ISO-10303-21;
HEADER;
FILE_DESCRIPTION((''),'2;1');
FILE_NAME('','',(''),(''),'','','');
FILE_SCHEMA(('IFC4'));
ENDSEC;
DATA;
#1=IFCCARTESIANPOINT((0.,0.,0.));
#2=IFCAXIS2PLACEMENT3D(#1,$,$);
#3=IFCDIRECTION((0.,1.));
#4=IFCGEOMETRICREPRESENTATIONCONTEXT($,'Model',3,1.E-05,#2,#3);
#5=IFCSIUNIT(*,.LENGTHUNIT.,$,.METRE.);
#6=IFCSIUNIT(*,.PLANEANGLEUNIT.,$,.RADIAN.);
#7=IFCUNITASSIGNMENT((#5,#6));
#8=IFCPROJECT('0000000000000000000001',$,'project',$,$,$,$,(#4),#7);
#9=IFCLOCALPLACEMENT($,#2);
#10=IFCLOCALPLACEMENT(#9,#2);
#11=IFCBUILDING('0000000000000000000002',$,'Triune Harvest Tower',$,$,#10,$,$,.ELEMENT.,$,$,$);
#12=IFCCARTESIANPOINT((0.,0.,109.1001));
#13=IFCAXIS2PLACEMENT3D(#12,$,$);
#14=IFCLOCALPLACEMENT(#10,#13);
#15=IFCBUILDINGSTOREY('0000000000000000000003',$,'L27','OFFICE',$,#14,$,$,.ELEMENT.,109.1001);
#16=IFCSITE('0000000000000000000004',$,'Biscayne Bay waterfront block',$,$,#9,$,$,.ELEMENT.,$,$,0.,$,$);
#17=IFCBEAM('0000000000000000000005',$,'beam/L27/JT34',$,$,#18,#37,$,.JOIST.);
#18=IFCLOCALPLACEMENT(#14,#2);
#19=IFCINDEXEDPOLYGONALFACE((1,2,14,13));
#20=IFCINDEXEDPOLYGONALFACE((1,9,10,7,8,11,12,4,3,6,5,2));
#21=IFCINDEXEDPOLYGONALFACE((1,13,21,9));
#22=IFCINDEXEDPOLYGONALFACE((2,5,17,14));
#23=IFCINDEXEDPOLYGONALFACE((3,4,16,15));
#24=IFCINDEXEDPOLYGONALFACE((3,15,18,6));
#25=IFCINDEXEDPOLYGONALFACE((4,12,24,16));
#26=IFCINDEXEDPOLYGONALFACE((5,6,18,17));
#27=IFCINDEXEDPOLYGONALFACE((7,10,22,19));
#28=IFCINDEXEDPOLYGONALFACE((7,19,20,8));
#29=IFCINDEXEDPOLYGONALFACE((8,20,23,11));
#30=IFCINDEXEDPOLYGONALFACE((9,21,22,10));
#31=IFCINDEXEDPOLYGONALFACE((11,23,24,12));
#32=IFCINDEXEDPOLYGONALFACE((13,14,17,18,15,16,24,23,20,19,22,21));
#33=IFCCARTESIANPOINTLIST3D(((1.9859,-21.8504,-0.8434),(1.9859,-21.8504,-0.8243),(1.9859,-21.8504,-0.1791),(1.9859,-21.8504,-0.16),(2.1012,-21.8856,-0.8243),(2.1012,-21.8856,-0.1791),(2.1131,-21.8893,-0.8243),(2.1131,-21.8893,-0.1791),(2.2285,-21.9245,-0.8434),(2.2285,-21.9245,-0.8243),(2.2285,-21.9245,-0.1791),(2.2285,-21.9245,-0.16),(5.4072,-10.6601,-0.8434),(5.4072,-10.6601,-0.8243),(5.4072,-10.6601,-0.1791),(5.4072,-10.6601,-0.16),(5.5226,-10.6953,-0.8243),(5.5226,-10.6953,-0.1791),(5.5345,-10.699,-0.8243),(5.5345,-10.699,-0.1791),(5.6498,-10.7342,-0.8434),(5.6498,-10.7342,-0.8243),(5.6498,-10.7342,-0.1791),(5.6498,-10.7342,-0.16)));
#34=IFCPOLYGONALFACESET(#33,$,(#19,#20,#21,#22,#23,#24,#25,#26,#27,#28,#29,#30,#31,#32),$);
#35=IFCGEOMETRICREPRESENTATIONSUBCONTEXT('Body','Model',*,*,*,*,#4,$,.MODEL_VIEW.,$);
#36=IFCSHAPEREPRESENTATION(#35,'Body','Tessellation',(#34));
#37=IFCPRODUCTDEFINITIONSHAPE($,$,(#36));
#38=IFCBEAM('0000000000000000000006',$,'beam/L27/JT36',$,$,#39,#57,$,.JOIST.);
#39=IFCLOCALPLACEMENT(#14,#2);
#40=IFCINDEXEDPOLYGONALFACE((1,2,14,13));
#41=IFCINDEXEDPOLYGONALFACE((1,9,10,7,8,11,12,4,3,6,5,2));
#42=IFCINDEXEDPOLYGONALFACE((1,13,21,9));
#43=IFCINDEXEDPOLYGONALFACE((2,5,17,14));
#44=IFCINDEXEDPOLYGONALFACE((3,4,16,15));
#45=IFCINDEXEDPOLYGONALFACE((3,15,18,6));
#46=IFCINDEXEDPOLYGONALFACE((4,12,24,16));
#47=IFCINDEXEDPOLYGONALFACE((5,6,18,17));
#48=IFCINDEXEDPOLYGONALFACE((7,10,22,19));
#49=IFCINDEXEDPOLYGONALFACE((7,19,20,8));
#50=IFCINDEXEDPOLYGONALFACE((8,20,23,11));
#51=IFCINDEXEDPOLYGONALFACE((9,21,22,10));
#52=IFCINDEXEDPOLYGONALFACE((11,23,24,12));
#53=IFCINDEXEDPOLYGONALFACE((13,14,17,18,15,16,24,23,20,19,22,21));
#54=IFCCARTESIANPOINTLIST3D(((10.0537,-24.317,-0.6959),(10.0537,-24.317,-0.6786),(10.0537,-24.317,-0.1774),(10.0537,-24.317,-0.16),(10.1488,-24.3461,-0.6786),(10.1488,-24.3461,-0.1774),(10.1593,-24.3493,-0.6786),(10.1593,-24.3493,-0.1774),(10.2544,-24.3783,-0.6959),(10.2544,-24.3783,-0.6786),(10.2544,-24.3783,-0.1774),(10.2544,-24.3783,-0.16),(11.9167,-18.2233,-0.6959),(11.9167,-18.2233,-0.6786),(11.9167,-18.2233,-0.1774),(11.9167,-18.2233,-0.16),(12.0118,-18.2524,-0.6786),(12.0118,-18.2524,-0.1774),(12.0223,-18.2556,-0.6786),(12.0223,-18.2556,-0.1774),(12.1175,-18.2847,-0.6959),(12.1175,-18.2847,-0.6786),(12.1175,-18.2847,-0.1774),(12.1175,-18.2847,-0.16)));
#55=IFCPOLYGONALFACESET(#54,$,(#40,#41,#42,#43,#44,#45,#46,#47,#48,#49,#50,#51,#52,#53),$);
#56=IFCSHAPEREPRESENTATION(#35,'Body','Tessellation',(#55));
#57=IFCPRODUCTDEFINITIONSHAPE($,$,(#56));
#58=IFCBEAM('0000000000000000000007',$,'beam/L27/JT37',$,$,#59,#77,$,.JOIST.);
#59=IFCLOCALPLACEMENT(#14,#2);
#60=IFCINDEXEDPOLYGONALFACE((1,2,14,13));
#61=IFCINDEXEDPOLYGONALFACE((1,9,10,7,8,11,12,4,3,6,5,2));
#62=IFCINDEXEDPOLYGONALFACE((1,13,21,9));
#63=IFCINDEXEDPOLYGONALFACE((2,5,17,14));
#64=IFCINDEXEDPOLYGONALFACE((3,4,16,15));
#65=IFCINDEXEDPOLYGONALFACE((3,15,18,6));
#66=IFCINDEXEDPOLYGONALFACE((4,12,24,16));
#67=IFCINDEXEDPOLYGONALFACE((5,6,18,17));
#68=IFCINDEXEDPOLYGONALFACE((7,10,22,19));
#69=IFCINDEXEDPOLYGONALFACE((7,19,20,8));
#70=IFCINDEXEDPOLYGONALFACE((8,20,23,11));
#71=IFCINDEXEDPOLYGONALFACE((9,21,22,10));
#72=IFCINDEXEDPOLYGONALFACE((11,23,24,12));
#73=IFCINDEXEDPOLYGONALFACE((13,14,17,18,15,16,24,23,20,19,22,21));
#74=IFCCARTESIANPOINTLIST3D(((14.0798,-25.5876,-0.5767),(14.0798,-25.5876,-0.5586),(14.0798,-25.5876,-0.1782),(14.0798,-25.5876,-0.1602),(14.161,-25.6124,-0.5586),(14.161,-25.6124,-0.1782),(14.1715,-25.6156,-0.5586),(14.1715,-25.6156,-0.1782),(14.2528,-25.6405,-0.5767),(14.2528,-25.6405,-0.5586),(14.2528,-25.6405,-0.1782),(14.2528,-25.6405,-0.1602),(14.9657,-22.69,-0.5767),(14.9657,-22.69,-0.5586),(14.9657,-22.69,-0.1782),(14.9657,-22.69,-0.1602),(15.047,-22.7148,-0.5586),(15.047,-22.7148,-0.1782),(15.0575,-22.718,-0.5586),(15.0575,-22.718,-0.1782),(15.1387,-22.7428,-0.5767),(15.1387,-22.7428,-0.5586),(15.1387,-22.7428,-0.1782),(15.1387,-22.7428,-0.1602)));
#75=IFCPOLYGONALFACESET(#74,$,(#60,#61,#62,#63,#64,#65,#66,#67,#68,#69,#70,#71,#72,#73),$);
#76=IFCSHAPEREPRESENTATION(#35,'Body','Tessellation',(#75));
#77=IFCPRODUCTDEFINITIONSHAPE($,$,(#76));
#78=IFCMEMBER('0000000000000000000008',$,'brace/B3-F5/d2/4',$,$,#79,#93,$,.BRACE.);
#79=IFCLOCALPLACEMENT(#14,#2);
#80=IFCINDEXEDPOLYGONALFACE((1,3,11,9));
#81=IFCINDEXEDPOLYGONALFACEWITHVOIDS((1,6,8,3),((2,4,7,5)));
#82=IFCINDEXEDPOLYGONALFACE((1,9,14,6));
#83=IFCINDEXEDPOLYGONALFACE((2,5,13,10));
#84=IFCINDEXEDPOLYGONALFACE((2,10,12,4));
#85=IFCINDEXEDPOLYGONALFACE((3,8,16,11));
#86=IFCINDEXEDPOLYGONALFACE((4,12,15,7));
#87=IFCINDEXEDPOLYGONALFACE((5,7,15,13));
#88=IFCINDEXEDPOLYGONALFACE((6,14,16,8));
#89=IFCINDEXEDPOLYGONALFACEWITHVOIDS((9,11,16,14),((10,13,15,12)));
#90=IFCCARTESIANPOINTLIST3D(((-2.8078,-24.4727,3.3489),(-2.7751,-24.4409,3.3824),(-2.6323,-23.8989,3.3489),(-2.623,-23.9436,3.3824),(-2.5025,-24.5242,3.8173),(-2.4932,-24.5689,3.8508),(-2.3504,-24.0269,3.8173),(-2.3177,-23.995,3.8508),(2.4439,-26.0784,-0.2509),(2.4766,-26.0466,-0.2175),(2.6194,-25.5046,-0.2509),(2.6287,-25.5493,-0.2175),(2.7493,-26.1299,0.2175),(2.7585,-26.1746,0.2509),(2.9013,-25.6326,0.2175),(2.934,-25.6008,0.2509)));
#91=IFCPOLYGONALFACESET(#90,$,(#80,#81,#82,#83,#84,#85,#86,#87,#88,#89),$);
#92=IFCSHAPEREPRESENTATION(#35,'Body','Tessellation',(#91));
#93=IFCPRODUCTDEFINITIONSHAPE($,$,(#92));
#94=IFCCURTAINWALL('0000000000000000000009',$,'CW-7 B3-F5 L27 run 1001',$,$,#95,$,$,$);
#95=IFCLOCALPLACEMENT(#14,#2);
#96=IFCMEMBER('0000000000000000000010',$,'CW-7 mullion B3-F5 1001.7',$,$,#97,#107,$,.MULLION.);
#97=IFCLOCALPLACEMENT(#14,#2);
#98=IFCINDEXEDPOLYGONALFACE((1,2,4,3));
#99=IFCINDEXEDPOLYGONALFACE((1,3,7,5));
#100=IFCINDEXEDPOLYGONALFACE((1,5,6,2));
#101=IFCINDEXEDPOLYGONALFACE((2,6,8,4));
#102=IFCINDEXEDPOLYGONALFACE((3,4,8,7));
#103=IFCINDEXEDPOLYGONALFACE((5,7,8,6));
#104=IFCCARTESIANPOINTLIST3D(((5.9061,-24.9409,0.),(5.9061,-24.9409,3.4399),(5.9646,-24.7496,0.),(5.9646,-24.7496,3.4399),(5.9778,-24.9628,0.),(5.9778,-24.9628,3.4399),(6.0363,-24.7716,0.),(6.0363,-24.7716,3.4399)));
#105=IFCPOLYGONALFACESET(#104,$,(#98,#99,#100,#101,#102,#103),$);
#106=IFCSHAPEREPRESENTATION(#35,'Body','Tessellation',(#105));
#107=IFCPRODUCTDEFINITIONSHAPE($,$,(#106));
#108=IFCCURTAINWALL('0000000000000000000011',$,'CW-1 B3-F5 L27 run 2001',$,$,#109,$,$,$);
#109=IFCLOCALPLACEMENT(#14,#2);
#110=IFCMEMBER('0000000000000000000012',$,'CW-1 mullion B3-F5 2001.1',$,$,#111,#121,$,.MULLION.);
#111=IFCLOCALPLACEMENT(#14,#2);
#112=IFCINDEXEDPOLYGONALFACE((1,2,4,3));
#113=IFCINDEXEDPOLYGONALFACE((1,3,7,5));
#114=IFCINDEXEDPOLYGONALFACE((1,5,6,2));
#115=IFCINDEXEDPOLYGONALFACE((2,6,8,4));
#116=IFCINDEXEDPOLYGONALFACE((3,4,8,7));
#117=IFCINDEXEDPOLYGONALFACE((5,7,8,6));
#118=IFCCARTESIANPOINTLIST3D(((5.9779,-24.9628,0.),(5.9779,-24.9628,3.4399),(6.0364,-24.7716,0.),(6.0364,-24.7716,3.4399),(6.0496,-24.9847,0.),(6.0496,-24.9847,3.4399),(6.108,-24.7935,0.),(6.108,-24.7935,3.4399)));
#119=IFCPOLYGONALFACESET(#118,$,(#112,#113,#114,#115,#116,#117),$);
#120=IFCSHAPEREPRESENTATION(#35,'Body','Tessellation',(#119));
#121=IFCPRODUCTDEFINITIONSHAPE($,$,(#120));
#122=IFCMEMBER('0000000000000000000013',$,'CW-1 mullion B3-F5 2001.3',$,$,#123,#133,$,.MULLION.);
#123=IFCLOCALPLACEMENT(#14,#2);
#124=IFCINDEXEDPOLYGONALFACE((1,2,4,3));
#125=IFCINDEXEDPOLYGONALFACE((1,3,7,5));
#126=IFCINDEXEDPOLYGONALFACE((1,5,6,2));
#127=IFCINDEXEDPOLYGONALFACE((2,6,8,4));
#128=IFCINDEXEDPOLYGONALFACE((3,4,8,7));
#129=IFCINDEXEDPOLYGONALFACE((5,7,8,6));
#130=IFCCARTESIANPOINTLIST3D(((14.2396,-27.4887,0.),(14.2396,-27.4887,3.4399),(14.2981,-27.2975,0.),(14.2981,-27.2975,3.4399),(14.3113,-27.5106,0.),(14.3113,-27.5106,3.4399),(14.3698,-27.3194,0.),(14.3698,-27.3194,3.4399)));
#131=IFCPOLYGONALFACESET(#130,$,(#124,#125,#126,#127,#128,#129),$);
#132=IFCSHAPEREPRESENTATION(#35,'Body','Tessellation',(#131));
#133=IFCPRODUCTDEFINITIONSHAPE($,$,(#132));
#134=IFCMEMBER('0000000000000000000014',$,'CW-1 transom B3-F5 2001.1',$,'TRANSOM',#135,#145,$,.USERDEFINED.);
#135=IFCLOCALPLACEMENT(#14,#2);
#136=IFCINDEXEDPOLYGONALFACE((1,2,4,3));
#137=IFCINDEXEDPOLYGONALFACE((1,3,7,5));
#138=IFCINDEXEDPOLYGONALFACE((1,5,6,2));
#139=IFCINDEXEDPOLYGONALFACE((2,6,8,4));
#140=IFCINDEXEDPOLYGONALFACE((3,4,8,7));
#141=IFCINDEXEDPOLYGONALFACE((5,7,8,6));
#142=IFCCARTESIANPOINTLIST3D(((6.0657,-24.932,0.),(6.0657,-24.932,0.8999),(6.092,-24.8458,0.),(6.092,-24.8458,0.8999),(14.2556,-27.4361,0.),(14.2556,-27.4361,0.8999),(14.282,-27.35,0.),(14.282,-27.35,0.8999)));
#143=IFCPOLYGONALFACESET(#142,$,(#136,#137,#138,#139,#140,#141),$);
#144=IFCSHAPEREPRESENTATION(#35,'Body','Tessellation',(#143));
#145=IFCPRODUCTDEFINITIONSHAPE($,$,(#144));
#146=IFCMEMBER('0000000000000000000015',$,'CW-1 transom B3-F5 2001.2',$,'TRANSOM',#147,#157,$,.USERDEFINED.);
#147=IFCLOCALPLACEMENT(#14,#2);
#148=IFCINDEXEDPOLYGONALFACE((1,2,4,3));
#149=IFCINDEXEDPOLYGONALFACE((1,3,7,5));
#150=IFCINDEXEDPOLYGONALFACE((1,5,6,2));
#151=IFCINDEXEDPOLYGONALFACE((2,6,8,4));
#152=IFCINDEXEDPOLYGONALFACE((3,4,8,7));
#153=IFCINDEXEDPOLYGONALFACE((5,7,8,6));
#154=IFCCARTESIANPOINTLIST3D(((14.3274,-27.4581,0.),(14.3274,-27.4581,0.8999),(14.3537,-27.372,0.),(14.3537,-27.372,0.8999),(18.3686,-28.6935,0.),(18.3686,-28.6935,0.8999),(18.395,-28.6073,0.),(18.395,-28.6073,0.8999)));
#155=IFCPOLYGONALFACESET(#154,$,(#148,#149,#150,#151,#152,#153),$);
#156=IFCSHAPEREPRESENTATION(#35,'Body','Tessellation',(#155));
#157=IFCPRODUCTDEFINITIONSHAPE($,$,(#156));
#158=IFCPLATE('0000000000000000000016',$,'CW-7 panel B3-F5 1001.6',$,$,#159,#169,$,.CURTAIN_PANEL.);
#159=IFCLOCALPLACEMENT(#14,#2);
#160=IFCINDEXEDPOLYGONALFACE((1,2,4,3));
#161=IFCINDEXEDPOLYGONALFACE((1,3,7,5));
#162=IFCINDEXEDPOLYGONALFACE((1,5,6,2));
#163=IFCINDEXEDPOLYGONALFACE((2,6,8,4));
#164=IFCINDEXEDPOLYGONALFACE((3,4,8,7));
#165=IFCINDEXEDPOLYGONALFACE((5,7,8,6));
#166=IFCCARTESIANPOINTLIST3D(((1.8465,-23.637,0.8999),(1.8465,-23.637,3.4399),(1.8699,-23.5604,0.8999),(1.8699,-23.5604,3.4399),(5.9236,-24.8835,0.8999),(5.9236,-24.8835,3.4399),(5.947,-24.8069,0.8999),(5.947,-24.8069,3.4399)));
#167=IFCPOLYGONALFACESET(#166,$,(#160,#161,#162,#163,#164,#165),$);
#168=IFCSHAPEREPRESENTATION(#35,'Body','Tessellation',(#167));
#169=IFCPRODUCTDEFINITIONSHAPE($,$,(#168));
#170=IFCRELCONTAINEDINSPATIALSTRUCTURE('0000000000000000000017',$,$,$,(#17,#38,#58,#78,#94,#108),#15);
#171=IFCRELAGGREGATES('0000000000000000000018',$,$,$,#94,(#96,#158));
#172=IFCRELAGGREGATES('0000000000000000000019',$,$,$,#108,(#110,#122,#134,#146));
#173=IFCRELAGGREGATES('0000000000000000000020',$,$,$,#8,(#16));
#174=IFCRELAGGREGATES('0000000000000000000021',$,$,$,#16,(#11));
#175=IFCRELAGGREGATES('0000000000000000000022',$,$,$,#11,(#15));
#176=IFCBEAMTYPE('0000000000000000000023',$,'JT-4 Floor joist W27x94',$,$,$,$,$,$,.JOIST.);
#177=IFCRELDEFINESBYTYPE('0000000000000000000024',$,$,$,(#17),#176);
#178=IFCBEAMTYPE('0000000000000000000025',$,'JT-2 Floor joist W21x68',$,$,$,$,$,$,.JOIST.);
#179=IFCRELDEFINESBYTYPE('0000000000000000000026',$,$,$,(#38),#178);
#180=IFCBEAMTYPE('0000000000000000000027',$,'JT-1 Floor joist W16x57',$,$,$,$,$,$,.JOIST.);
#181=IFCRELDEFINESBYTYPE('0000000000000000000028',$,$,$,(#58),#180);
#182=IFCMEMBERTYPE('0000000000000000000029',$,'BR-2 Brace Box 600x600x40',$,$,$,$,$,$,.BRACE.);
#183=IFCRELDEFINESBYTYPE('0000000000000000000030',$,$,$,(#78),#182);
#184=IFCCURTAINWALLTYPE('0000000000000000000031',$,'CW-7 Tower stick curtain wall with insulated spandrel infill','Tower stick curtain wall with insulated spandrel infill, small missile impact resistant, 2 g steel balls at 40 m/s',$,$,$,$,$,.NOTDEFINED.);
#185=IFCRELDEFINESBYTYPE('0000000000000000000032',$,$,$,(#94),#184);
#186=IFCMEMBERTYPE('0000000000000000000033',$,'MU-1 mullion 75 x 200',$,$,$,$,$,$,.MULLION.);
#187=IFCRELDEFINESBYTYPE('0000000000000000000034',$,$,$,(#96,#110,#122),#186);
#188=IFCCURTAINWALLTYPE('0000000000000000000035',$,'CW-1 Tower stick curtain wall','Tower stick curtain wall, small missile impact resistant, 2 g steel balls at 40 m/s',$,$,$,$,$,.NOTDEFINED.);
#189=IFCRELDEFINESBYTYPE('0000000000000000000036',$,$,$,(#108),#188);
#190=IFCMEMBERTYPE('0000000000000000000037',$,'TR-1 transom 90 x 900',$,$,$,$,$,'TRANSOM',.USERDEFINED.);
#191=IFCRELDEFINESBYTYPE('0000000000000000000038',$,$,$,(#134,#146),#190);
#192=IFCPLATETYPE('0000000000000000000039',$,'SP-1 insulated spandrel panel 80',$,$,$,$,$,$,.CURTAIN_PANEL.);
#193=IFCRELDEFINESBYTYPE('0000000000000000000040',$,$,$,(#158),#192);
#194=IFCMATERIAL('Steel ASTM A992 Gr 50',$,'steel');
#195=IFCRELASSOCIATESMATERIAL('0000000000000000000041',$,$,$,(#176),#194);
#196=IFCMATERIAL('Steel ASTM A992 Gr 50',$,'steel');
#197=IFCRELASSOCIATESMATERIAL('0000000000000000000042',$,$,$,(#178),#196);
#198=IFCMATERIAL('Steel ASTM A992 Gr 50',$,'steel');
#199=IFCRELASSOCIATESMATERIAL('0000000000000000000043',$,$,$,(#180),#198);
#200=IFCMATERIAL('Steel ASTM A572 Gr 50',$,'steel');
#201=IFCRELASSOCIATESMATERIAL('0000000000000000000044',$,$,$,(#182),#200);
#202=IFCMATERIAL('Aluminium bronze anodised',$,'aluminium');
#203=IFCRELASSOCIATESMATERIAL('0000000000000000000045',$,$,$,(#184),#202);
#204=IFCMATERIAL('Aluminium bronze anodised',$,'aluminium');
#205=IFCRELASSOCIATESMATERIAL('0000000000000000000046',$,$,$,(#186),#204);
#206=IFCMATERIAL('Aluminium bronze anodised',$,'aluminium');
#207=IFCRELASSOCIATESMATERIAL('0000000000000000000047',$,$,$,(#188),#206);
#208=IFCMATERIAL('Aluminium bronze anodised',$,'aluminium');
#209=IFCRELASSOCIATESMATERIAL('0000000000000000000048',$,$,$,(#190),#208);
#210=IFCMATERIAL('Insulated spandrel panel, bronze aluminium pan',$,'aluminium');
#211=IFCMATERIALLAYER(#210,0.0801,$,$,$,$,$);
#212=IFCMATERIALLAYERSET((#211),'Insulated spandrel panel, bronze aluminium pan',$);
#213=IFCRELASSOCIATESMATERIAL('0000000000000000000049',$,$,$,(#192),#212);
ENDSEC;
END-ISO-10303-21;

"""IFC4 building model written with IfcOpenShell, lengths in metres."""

from ifc_helpers import new_model, si_unit, direction, frame, origin, origin_2d, place, context, subcontext, project, spatial, rectangle, hollow_rectangle, i_section, extrude, source, transform, mapped, material, layer, layer_set, material_profile, profile_set, type_object, element, aggregate, save


model = new_model("IFC4")

# Units and contexts
model_context = context("Model", 3, precision=1e-05, world=origin(), true_north=direction((0.0, 1.0)))
body_context = subcontext(model_context, "Body", "Model", "MODEL_VIEW")
ifc_project = project(units=[si_unit("LENGTHUNIT", "METRE"), si_unit("PLANEANGLEUNIT", "RADIAN")], contexts=[model_context])

# Site, building, storey
site_placement = place(None, origin())
site = spatial("IfcSite", under=ifc_project, at=site_placement, Name="Biscayne Bay waterfront block", CompositionType="ELEMENT", RefElevation=0.0)
building_placement = place(site_placement, origin())
building = spatial("IfcBuilding", under=site, at=building_placement, Name="Triune Harvest Tower", CompositionType="ELEMENT")
storey_placement = place(building_placement, frame((0.0, 0.0, 109.1001)))
storey = spatial("IfcBuildingStorey", under=building, at=storey_placement, Name="L27", Description="OFFICE", CompositionType="ELEMENT", Elevation=109.1001)

# Beams
ifc_material_1 = material(Name="Steel ASTM A992 Gr 50", Category="steel")
ifc_material_profile_1 = material_profile(ifc_material_1, i_section(OverallWidth=0.2537, OverallDepth=0.6833, WebThickness=0.0125, FlangeThickness=0.019, at=origin_2d()), Name="W27x94")
ifc_profile_set_1 = profile_set([ifc_material_profile_1], Name="Steel ASTM A992 Gr 50")
beam_type_1 = type_object("IfcBeamType", Name="JT-4 Floor joist W27x94", PredefinedType="JOIST", material=ifc_profile_set_1)
shared_shape_1 = source(origin(), body_context, "Body", "SweptSolid", [
    extrude(i_section(OverallWidth=0.2537, OverallDepth=0.6833, WebThickness=0.0125, FlangeThickness=0.019, at=origin_2d()), origin(), (0.0, 0.0, 1.0), 11.7017),
])
beam_1_placement = place(storey_placement, frame((2.1072, -21.8875, -0.5017), z_axis=(0.292382, 0.956302, 0.0), x_axis=(-0.956302, 0.292382, 0.0)))
element("IfcBeam", 1, at=beam_1_placement, inside=storey, type_object=beam_type_1, Name="beam/L27/JT34", PredefinedType="JOIST", context=body_context, shape_type="MappedRepresentation", body=[
    mapped(shared_shape_1, transform((0.0, 0.0, 0.0), scale=1.0)),
])
ifc_material_2 = material(Name="Steel ASTM A992 Gr 50", Category="steel")
ifc_material_profile_2 = material_profile(ifc_material_2, i_section(OverallWidth=0.21, OverallDepth=0.5359, WebThickness=0.011, FlangeThickness=0.0173, at=origin_2d()), Name="W21x68")
ifc_profile_set_2 = profile_set([ifc_material_profile_2], Name="Steel ASTM A992 Gr 50")
beam_type_2 = type_object("IfcBeamType", Name="JT-2 Floor joist W21x68", PredefinedType="JOIST", material=ifc_profile_set_2)
shared_shape_2 = source(origin(), body_context, "Body", "SweptSolid", [
    extrude(i_section(OverallWidth=0.21, OverallDepth=0.5359, WebThickness=0.011, FlangeThickness=0.0173, at=origin_2d()), origin(), (0.0, 0.0, 1.0), 6.3721),
])
beam_2_placement = place(storey_placement, frame((10.1541, -24.3477, -0.428), z_axis=(0.29237, 0.956305, 0.0), x_axis=(-0.956305, 0.29237, 0.0)))
element("IfcBeam", 2, at=beam_2_placement, inside=storey, type_object=beam_type_2, Name="beam/L27/JT36", PredefinedType="JOIST", context=body_context, shape_type="MappedRepresentation", body=[
    mapped(shared_shape_2, transform((0.0, 0.0, 0.0), scale=1.0)),
])
ifc_material_3 = material(Name="Steel ASTM A992 Gr 50", Category="steel")
ifc_material_profile_3 = material_profile(ifc_material_3, i_section(OverallWidth=0.1809, OverallDepth=0.4165, WebThickness=0.011, FlangeThickness=0.0181, at=origin_2d()), Name="W16x57")
ifc_profile_set_3 = profile_set([ifc_material_profile_3], Name="Steel ASTM A992 Gr 50")
beam_type_3 = type_object("IfcBeamType", Name="JT-1 Floor joist W16x57", PredefinedType="JOIST", material=ifc_profile_set_3)
shared_shape_3 = source(origin(), body_context, "Body", "SweptSolid", [
    extrude(i_section(OverallWidth=0.1809, OverallDepth=0.4165, WebThickness=0.011, FlangeThickness=0.0181, at=origin_2d()), origin(), (0.0, 0.0, 1.0), 3.03),
])
beam_3_placement = place(storey_placement, frame((14.1663, -25.614, -0.3684), z_axis=(0.292393, 0.956298, 0.0), x_axis=(-0.956298, 0.292393, 0.0)))
element("IfcBeam", 3, at=beam_3_placement, inside=storey, type_object=beam_type_3, Name="beam/L27/JT37", PredefinedType="JOIST", context=body_context, shape_type="MappedRepresentation", body=[
    mapped(shared_shape_3, transform((0.0, 0.0, 0.0), scale=1.0)),
])

# Member
ifc_material_4 = material(Name="Steel ASTM A572 Gr 50", Category="steel")
ifc_material_profile_4 = material_profile(ifc_material_4, hollow_rectangle(XDim=0.6001, YDim=0.6001, WallThickness=0.04, at=origin_2d()), Name="Box 600x600x40")
ifc_profile_set_4 = profile_set([ifc_material_profile_4], Name="Steel ASTM A572 Gr 50")
member_type_1 = type_object("IfcMemberType", Name="BR-2 Brace Box 600x600x40", PredefinedType="BRACE", material=ifc_profile_set_4)
shared_shape_4 = source(origin(), body_context, "Body", "SweptSolid", [
    extrude(hollow_rectangle(XDim=0.6001, YDim=0.6001, WallThickness=0.04, at=origin_2d()), origin(), (0.0, 0.0, 1.0), 6.5664),
])
member_1_placement = place(storey_placement, frame((2.689, -25.8396, 0.0), z_axis=(-0.799784, 0.244534, 0.548223), x_axis=(-0.292389, -0.956299, 0.0)))
element("IfcMember", 4, at=member_1_placement, inside=storey, type_object=member_type_1, Name="brace/B3-F5/d2/4", PredefinedType="BRACE", context=body_context, shape_type="MappedRepresentation", body=[
    mapped(shared_shape_4, transform((0.0, 0.0, 0.0), scale=1.0)),
])

# Curtain wall, member
ifc_material_5 = material(Name="Aluminium bronze anodised", Category="aluminium")
curtain_wall_type_1 = type_object("IfcCurtainWallType", Name="CW-7 Tower stick curtain wall with insulated spandrel infill", Description="Tower stick curtain wall with insulated spandrel infill, small missile impact resistant, 2 g steel balls at 40 m/s", PredefinedType="NOTDEFINED", material=ifc_material_5)
curtain_wall_1_placement = place(storey_placement, origin())
curtain_wall_1 = element("IfcCurtainWall", 5, at=curtain_wall_1_placement, inside=storey, type_object=curtain_wall_type_1, Name="CW-7 B3-F5 L27 run 1001")
ifc_material_6 = material(Name="Aluminium bronze anodised", Category="aluminium")
ifc_material_profile_5 = material_profile(ifc_material_6, rectangle(XDim=0.2, YDim=0.075, at=origin_2d()), Name="MU-1 mullion 75 x 200")
ifc_profile_set_5 = profile_set([ifc_material_profile_5], Name="Aluminium bronze anodised")
member_type_2 = type_object("IfcMemberType", Name="MU-1 mullion 75 x 200", PredefinedType="MULLION", material=ifc_profile_set_5)
shared_shape_5 = source(origin(), body_context, "Body", "SweptSolid", [
    extrude(rectangle(XDim=0.2, YDim=0.075, at=origin_2d()), origin(), (0.0, 0.0, 1.0), 3.4399),
])
member_2_placement = place(storey_placement, frame((5.9712, -24.8562, 0.0), z_axis=(0.0, 0.0, 1.0), x_axis=(0.292373, 0.956304, 0.0)))
member_2 = element("IfcMember", 6, at=member_2_placement, type_object=member_type_2, Name="CW-7 mullion B3-F5 1001.7", PredefinedType="MULLION", context=body_context, shape_type="MappedRepresentation", body=[
    mapped(shared_shape_5, transform((0.0, 0.0, 0.0), scale=1.0)),
])

# Curtain wall, members
ifc_material_7 = material(Name="Aluminium bronze anodised", Category="aluminium")
curtain_wall_type_2 = type_object("IfcCurtainWallType", Name="CW-1 Tower stick curtain wall", Description="Tower stick curtain wall, small missile impact resistant, 2 g steel balls at 40 m/s", PredefinedType="NOTDEFINED", material=ifc_material_7)
curtain_wall_2_placement = place(storey_placement, origin())
curtain_wall_2 = element("IfcCurtainWall", 7, at=curtain_wall_2_placement, inside=storey, type_object=curtain_wall_type_2, Name="CW-1 B3-F5 L27 run 2001")
member_3_placement = place(storey_placement, frame((6.043, -24.8782, 0.0), z_axis=(0.0, 0.0, 1.0), x_axis=(0.292374, 0.956304, 0.0)))
member_3 = element("IfcMember", 8, at=member_3_placement, type_object=member_type_2, Name="CW-1 mullion B3-F5 2001.1", PredefinedType="MULLION", context=body_context, shape_type="MappedRepresentation", body=[
    mapped(shared_shape_5, transform((0.0, 0.0, 0.0), scale=1.0)),
])
member_4_placement = place(storey_placement, frame((14.3047, -27.4041, 0.0), z_axis=(0.0, 0.0, 1.0), x_axis=(0.292374, 0.956304, 0.0)))
member_4 = element("IfcMember", 9, at=member_4_placement, type_object=member_type_2, Name="CW-1 mullion B3-F5 2001.3", PredefinedType="MULLION", context=body_context, shape_type="MappedRepresentation", body=[
    mapped(shared_shape_5, transform((0.0, 0.0, 0.0), scale=1.0)),
])
ifc_material_8 = material(Name="Aluminium bronze anodised", Category="aluminium")
ifc_material_profile_6 = material_profile(ifc_material_8, rectangle(XDim=0.0901, YDim=0.8999, at=origin_2d()), Name="TR-1 transom 90 x 900")
ifc_profile_set_6 = profile_set([ifc_material_profile_6], Name="Aluminium bronze anodised")
member_type_3 = type_object("IfcMemberType", Name="TR-1 transom 90 x 900", ElementType="TRANSOM", PredefinedType="USERDEFINED", material=ifc_profile_set_6)
shared_shape_6 = source(origin(), body_context, "Body", "SweptSolid", [
    extrude(rectangle(XDim=0.0901, YDim=0.8999, at=origin_2d()), origin(), (0.0, 0.0, 1.0), 8.5642),
])
member_5_placement = place(storey_placement, frame((6.0789, -24.8889, 0.45), z_axis=(0.956297, -0.292397, 0.0), x_axis=(0.292397, 0.956297, 0.0)))
member_5 = element("IfcMember", 10, at=member_5_placement, type_object=member_type_3, Name="CW-1 transom B3-F5 2001.1", ObjectType="TRANSOM", PredefinedType="USERDEFINED", context=body_context, shape_type="MappedRepresentation", body=[
    mapped(shared_shape_6, transform((0.0, 0.0, 0.0), scale=1.0)),
])
shared_shape_7 = source(origin(), body_context, "Body", "SweptSolid", [
    extrude(rectangle(XDim=0.0901, YDim=0.8999, at=origin_2d()), origin(), (0.0, 0.0, 1.0), 4.2258),
])
member_6_placement = place(storey_placement, frame((14.3406, -27.415, 0.45), z_axis=(0.956317, -0.292332, 0.0), x_axis=(0.292332, 0.956317, 0.0)))
member_6 = element("IfcMember", 11, at=member_6_placement, type_object=member_type_3, Name="CW-1 transom B3-F5 2001.2", ObjectType="TRANSOM", PredefinedType="USERDEFINED", context=body_context, shape_type="MappedRepresentation", body=[
    mapped(shared_shape_7, transform((0.0, 0.0, 0.0), scale=1.0)),
])

# Plate
ifc_material_9 = material(Name="Insulated spandrel panel, bronze aluminium pan", Category="aluminium")
ifc_layer_1 = layer(ifc_material_9, 0.0801)
ifc_layer_set_1 = layer_set([ifc_layer_1], Name="Insulated spandrel panel, bronze aluminium pan")
plate_type_1 = type_object("IfcPlateType", Name="SP-1 insulated spandrel panel 80", PredefinedType="CURTAIN_PANEL", material=ifc_layer_set_1)
shared_shape_8 = source(origin(), body_context, "Body", "SweptSolid", [
    extrude(rectangle(XDim=4.2634, YDim=0.0801, at=origin_2d()), origin(), (0.0, 0.0, 1.0), 2.54),
])
plate_1_placement = place(storey_placement, frame((3.8967, -24.2219, 0.8999), z_axis=(0.0, 0.0, 1.0), x_axis=(0.956304, -0.292373, 0.0)))
plate_1 = element("IfcPlate", 12, at=plate_1_placement, type_object=plate_type_1, Name="CW-7 panel B3-F5 1001.6", PredefinedType="CURTAIN_PANEL", context=body_context, shape_type="MappedRepresentation", body=[
    mapped(shared_shape_8, transform((0.0, 0.0, 0.0), scale=1.0)),
])
aggregate(curtain_wall_1, [member_2, plate_1])
aggregate(curtain_wall_2, [member_3, member_4, member_5, member_6])

save(model, "model.ifc")
